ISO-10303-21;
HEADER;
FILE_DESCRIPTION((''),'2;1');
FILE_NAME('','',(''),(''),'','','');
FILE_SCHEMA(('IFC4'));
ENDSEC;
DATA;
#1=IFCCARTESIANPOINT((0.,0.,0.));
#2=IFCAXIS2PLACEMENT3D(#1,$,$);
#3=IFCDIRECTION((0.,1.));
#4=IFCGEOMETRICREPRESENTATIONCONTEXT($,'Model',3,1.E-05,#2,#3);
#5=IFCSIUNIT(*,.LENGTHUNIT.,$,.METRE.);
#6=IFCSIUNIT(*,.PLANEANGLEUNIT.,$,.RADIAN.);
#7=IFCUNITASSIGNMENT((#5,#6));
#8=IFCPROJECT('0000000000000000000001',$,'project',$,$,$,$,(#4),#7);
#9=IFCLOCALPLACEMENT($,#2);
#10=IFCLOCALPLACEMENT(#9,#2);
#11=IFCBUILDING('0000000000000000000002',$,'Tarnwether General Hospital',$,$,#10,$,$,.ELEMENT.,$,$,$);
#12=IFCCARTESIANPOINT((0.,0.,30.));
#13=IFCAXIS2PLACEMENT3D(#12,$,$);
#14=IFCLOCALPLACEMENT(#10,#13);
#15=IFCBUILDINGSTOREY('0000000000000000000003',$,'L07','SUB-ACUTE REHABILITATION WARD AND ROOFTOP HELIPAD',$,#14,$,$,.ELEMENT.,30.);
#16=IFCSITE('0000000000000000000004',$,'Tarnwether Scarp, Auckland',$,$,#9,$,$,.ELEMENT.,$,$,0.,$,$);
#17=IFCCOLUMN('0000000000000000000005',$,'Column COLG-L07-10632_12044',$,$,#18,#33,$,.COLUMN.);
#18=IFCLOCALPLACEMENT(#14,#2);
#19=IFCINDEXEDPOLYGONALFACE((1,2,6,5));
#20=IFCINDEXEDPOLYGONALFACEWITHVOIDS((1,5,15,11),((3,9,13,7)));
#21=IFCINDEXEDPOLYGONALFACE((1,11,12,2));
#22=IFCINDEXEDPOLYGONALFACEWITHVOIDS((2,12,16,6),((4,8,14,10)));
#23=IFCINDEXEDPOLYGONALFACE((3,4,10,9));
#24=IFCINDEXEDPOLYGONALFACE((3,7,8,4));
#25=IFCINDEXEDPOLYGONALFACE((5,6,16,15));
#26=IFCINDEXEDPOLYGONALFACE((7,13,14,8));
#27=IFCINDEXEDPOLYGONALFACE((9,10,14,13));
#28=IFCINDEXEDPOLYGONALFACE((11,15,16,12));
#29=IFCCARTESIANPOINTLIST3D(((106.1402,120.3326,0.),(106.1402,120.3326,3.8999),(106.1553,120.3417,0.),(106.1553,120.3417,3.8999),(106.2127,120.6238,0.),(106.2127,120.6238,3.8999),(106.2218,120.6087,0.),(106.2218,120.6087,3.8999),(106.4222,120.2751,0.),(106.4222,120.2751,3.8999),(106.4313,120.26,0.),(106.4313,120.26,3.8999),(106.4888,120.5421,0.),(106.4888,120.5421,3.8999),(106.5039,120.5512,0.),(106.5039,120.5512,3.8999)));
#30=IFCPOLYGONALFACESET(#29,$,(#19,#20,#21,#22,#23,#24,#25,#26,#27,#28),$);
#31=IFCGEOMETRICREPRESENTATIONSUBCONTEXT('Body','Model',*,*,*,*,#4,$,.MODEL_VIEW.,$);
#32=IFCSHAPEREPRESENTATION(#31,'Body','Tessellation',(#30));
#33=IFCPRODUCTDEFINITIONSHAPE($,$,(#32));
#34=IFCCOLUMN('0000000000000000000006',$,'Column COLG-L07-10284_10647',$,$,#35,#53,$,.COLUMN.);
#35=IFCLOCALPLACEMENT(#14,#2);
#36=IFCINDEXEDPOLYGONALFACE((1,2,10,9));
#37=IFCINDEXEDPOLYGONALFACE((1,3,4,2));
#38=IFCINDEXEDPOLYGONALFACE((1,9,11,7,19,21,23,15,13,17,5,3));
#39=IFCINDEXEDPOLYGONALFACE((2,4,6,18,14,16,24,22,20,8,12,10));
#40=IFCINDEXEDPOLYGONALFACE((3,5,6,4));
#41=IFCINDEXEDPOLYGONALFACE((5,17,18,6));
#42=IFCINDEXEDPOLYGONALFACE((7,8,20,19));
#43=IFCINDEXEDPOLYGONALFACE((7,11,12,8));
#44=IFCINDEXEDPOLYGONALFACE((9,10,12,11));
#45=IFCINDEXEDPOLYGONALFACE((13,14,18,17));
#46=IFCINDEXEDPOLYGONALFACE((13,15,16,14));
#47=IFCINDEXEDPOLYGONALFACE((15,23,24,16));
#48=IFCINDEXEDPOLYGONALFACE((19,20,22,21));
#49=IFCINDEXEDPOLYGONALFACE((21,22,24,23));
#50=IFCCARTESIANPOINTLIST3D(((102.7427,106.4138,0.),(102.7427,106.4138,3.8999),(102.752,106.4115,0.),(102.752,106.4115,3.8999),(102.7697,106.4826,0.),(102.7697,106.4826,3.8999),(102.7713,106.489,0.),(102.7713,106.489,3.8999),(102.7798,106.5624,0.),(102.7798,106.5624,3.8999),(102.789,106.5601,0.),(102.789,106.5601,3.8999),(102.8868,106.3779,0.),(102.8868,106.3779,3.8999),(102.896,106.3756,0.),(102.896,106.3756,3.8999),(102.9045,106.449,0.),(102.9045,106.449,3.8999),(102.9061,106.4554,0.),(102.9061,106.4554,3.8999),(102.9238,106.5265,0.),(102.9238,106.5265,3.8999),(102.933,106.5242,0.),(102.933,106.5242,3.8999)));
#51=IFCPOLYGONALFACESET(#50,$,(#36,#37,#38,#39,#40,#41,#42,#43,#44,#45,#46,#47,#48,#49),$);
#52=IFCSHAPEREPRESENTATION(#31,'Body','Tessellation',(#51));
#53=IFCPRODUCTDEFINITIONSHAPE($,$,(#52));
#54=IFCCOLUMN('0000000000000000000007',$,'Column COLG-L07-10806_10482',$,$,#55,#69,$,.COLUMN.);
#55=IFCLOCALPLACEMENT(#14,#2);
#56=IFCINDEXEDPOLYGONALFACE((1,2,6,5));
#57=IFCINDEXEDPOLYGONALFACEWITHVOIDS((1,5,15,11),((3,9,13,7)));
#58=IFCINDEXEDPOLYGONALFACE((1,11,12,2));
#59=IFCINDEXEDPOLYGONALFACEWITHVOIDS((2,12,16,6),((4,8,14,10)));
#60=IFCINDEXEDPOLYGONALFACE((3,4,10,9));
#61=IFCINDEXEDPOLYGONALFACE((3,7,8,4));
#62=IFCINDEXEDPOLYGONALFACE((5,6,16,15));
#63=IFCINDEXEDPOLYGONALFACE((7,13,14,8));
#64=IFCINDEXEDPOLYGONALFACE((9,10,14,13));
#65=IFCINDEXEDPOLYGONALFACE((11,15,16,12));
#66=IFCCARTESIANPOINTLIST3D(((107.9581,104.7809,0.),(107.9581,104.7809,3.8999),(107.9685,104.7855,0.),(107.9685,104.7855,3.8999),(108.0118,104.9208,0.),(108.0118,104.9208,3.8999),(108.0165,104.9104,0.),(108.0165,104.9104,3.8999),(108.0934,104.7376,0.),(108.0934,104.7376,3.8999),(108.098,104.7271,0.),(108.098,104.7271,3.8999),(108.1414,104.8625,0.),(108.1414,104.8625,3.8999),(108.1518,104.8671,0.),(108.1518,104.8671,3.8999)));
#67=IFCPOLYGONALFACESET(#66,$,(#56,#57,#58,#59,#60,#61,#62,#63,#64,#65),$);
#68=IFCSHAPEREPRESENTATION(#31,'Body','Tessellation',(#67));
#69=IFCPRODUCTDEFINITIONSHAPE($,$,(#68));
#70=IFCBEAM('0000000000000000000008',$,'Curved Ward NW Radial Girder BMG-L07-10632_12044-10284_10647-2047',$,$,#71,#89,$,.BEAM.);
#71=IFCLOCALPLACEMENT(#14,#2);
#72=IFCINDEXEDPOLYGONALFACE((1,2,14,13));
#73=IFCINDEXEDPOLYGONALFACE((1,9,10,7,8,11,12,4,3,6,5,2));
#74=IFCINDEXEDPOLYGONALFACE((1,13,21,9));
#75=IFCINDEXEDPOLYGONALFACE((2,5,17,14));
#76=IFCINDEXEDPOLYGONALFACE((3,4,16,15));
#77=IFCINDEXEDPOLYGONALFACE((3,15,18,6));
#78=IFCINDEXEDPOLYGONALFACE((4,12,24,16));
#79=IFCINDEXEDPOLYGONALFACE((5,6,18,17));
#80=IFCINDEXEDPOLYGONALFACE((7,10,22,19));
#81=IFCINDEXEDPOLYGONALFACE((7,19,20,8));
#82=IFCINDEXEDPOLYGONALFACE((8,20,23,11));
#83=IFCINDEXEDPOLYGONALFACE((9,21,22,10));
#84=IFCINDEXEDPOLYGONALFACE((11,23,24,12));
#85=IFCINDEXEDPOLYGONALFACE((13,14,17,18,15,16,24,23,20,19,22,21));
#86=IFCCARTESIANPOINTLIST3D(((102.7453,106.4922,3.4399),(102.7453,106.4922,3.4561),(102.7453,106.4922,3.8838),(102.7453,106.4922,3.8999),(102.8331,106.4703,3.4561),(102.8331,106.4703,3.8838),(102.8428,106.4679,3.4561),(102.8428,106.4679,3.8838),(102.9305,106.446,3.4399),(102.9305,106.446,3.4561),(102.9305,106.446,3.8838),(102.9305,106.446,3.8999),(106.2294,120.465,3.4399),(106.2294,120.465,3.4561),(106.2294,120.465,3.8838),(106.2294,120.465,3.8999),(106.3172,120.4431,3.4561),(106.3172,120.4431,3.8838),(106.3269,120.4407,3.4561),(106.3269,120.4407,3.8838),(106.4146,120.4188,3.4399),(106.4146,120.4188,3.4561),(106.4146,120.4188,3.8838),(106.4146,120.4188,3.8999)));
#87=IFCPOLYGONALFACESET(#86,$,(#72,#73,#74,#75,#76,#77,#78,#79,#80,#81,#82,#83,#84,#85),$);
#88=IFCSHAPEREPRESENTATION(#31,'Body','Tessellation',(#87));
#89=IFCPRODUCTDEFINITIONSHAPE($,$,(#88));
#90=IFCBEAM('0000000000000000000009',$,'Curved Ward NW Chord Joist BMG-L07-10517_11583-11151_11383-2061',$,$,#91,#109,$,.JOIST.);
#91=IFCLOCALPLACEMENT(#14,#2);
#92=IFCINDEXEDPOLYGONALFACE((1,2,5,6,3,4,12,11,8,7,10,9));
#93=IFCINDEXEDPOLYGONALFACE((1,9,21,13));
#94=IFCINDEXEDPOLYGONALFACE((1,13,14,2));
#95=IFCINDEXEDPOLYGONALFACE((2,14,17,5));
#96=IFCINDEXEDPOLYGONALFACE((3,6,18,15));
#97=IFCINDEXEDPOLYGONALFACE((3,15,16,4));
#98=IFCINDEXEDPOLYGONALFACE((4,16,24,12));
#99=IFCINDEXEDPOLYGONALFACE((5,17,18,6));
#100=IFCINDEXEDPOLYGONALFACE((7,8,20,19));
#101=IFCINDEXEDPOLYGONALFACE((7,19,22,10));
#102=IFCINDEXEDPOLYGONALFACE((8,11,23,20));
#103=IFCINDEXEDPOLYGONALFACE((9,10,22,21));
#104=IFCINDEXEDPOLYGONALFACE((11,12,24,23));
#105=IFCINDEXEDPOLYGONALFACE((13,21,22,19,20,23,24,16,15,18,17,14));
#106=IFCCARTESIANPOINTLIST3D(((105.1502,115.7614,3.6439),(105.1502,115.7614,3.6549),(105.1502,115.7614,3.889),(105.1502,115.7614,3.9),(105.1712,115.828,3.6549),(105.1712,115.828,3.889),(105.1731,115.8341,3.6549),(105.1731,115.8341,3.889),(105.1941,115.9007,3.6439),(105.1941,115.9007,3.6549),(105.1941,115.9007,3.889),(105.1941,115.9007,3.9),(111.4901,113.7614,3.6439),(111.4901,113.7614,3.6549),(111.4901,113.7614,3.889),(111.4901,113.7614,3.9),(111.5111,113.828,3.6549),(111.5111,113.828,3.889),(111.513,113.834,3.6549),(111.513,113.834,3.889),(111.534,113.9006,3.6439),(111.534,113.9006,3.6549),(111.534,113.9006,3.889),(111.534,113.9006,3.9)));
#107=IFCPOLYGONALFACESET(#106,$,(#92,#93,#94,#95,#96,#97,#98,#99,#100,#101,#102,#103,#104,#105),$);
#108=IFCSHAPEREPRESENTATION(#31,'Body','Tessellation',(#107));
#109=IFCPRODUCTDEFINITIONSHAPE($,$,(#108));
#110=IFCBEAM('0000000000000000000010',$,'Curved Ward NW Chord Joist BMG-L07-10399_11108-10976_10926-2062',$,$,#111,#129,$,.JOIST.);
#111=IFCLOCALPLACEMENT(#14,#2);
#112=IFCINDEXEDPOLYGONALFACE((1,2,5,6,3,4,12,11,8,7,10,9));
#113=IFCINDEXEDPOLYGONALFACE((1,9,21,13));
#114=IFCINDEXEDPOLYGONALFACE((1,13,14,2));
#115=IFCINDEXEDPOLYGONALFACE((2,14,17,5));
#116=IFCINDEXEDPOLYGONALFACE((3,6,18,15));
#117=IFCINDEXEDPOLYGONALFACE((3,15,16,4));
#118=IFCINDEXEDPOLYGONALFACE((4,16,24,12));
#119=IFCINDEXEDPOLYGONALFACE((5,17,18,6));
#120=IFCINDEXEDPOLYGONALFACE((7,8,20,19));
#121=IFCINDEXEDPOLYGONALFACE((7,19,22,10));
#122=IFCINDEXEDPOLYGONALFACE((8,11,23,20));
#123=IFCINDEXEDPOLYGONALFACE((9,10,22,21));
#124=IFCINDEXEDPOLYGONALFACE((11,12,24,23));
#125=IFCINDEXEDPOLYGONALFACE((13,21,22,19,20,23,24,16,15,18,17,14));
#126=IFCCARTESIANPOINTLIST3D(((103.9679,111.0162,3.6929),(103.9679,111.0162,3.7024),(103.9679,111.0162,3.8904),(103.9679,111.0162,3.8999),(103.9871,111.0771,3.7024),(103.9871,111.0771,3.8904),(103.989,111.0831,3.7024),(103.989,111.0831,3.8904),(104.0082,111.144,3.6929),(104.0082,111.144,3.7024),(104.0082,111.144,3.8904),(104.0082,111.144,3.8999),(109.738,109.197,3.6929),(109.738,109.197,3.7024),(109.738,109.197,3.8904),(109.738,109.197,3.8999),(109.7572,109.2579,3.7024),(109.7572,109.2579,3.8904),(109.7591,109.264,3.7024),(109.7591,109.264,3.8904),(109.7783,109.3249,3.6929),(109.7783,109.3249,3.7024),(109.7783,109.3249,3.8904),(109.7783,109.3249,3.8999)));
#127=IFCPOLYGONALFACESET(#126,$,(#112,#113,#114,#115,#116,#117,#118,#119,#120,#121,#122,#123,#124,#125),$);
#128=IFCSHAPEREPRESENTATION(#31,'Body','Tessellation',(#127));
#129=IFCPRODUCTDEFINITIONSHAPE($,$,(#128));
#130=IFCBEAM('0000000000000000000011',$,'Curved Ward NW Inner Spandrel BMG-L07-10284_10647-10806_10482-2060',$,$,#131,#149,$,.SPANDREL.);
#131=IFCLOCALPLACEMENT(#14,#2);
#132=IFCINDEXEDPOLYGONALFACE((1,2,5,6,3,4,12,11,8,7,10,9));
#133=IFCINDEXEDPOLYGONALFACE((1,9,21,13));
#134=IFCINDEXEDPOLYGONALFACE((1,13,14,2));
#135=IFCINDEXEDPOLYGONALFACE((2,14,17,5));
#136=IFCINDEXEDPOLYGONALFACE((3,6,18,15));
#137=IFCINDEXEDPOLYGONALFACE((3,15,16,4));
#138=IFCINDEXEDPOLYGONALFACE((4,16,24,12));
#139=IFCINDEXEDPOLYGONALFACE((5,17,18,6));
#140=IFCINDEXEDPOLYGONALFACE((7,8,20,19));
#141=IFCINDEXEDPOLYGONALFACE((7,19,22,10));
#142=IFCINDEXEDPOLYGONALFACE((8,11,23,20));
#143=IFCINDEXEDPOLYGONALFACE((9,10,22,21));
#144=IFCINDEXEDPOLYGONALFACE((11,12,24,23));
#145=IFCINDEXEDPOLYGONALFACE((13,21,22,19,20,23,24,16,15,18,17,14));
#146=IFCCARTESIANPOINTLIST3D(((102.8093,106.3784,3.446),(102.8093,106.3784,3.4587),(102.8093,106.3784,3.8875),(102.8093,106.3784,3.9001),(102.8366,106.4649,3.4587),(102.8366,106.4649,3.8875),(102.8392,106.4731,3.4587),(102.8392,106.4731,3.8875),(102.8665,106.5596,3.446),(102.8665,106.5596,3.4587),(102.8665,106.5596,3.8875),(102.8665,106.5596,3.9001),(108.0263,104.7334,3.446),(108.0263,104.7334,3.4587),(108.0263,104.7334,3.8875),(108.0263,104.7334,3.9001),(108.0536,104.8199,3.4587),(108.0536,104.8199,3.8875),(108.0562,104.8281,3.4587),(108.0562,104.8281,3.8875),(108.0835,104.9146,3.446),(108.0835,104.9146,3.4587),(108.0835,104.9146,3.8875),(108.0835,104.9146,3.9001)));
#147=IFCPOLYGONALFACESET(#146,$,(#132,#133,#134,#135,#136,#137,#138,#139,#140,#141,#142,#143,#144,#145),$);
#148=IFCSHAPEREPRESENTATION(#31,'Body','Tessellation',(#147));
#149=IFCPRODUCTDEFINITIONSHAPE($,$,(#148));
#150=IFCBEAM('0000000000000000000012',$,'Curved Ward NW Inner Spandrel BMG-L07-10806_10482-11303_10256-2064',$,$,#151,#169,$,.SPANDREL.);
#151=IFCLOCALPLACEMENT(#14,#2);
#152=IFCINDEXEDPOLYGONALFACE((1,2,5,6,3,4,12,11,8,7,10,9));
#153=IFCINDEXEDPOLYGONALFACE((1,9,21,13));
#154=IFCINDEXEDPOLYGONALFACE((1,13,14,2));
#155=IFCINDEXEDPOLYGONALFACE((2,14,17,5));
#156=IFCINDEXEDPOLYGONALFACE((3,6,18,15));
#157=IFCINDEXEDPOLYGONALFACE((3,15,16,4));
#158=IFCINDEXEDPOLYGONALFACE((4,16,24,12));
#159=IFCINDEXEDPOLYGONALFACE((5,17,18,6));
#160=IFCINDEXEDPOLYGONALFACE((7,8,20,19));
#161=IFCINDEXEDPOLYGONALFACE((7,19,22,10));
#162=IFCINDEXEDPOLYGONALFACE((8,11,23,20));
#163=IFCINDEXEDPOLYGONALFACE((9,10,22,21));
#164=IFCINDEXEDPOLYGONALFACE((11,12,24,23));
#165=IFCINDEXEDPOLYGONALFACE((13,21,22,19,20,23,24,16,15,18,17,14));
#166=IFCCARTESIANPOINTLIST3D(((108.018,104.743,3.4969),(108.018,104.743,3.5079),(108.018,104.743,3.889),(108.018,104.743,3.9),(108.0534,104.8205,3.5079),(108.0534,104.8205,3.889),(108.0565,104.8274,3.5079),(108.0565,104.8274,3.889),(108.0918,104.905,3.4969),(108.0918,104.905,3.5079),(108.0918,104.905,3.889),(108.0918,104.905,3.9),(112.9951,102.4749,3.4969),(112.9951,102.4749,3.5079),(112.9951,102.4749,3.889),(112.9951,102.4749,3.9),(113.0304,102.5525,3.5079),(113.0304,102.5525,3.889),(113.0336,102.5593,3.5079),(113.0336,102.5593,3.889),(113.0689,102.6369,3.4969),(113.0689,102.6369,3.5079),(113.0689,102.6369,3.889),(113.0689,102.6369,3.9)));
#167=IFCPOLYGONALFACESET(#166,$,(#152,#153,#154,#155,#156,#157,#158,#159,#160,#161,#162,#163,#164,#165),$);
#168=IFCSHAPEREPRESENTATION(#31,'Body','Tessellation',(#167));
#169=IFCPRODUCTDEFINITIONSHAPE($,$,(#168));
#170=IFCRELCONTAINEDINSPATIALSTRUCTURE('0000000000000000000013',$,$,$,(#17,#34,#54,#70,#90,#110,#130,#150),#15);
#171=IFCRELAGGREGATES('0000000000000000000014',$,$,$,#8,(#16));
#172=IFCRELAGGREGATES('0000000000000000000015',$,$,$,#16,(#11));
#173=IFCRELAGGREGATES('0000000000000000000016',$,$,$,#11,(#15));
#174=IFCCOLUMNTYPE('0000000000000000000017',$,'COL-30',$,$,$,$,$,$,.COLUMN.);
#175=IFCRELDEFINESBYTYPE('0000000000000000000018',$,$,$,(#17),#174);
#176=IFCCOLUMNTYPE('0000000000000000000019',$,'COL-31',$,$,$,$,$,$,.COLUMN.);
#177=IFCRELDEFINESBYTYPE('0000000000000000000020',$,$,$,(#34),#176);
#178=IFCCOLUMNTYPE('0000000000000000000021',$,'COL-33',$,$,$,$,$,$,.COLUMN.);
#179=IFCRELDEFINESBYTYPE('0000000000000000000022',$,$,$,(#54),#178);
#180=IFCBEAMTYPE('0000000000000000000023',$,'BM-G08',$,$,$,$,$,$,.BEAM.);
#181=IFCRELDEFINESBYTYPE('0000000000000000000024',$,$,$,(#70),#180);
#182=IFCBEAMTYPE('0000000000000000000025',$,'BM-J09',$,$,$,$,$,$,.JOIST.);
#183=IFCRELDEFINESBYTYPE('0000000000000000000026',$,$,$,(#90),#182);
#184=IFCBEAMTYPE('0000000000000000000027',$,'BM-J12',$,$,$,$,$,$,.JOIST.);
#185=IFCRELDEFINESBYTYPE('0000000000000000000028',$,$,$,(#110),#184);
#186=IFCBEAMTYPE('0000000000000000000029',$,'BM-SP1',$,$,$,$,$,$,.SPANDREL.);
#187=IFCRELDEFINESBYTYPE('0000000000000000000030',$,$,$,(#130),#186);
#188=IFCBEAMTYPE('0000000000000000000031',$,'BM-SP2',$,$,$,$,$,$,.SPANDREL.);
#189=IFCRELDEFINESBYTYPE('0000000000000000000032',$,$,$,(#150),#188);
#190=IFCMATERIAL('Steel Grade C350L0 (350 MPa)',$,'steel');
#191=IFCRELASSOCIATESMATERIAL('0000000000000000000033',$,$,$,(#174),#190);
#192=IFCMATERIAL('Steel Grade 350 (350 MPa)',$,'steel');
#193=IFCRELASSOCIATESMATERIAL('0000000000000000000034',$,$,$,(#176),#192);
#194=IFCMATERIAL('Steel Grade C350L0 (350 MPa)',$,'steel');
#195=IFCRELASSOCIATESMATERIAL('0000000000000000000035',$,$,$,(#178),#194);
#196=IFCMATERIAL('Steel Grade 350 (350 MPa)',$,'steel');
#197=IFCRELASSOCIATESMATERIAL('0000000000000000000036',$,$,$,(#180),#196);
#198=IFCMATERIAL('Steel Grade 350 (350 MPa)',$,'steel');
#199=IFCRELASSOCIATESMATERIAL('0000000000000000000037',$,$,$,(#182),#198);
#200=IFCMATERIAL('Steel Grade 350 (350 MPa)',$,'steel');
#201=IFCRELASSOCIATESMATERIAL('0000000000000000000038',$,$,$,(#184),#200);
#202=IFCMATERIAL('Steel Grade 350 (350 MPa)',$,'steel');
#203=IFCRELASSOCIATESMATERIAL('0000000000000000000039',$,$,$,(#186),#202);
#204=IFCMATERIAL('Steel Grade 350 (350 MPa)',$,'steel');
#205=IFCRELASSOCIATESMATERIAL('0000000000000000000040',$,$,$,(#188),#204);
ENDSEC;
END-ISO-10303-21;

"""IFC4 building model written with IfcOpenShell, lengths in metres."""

from ifc_helpers import new_model, si_unit, direction, frame, origin, origin_2d, place, context, subcontext, project, spatial, hollow_rectangle, i_section, extrude, material, material_profile, profile_set, type_object, element, save


model = new_model("IFC4")

# Units and contexts
model_context = context("Model", 3, precision=1e-05, world=origin(), true_north=direction((0.0, 1.0)))
body_context = subcontext(model_context, "Body", "Model", "MODEL_VIEW")
ifc_project = project(units=[si_unit("LENGTHUNIT", "METRE"), si_unit("PLANEANGLEUNIT", "RADIAN")], contexts=[model_context])

# Site, building, storey
site_placement = place(None, origin())
site = spatial("IfcSite", under=ifc_project, at=site_placement, Name="Tarnwether Scarp, Auckland", CompositionType="ELEMENT", RefElevation=0.0)
building_placement = place(site_placement, origin())
building = spatial("IfcBuilding", under=site, at=building_placement, Name="Tarnwether General Hospital", CompositionType="ELEMENT")
storey_placement = place(building_placement, frame((0.0, 0.0, 30.0)))
storey = spatial("IfcBuildingStorey", under=building, at=storey_placement, Name="L07", Description="SUB-ACUTE REHABILITATION WARD AND ROOFTOP HELIPAD", CompositionType="ELEMENT", Elevation=30.0)

# Columns
ifc_material_1 = material(Name="Steel Grade C350L0 (350 MPa)", Category="steel")
ifc_material_profile_1 = material_profile(ifc_material_1, hollow_rectangle(XDim=0.3, YDim=0.3, WallThickness=0.0125, at=origin_2d()), Name="SHS300x300x12.5")
ifc_profile_set_1 = profile_set([ifc_material_profile_1], Name="Steel Grade C350L0 (350 MPa)")
column_type_1 = type_object("IfcColumnType", Name="COL-30", PredefinedType="COLUMN", material=ifc_profile_set_1)
column_1_placement = place(storey_placement, frame((106.322, 120.4419, 0.0), z_axis=(0.0, 0.0, 1.0), x_axis=(0.241922, 0.970296, 0.0)))
element("IfcColumn", 1, at=column_1_placement, inside=storey, type_object=column_type_1, Name="Column COLG-L07-10632_12044", PredefinedType="COLUMN", context=body_context, shape_type="SweptSolid", body=[
    extrude(hollow_rectangle(XDim=0.3, YDim=0.3, WallThickness=0.0125, at=origin_2d()), origin(), (0.0, 0.0, 1.0), 3.8999),
])
ifc_material_2 = material(Name="Steel Grade 350 (350 MPa)", Category="steel")
ifc_material_profile_2 = material_profile(ifc_material_2, i_section(OverallWidth=0.1531, OverallDepth=0.158, WebThickness=0.0066, FlangeThickness=0.0095, at=origin_2d()), Name="150UC30.0")
ifc_profile_set_2 = profile_set([ifc_material_profile_2], Name="Steel Grade 350 (350 MPa)")
column_type_2 = type_object("IfcColumnType", Name="COL-31", PredefinedType="COLUMN", material=ifc_profile_set_2)
column_2_placement = place(storey_placement, frame((102.8379, 106.469, 0.0), z_axis=(0.0, 0.0, 1.0), x_axis=(0.241922, 0.970296, 0.0)))
element("IfcColumn", 2, at=column_2_placement, inside=storey, type_object=column_type_2, Name="Column COLG-L07-10284_10647", PredefinedType="COLUMN", context=body_context, shape_type="SweptSolid", body=[
    extrude(i_section(OverallWidth=0.1531, OverallDepth=0.158, WebThickness=0.0066, FlangeThickness=0.0095, at=origin_2d()), origin(), (0.0, 0.0, 1.0), 3.8999),
])
ifc_material_3 = material(Name="Steel Grade C350L0 (350 MPa)", Category="steel")
ifc_material_profile_3 = material_profile(ifc_material_3, hollow_rectangle(XDim=0.1499, YDim=0.1499, WallThickness=0.0081, at=origin_2d()), Name="SHS150x150x8")
ifc_profile_set_3 = profile_set([ifc_material_profile_3], Name="Steel Grade C350L0 (350 MPa)")
column_type_3 = type_object("IfcColumnType", Name="COL-33", PredefinedType="COLUMN", material=ifc_profile_set_3)
column_3_placement = place(storey_placement, frame((108.0549, 104.824, 0.0), z_axis=(0.0, 0.0, 1.0), x_axis=(0.358368, 0.93358, 0.0)))
element("IfcColumn", 3, at=column_3_placement, inside=storey, type_object=column_type_3, Name="Column COLG-L07-10806_10482", PredefinedType="COLUMN", context=body_context, shape_type="SweptSolid", body=[
    extrude(hollow_rectangle(XDim=0.1499, YDim=0.1499, WallThickness=0.0081, at=origin_2d()), origin(), (0.0, 0.0, 1.0), 3.8999),
])

# Beams
ifc_material_4 = material(Name="Steel Grade 350 (350 MPa)", Category="steel")
ifc_material_profile_4 = material_profile(ifc_material_4, i_section(OverallWidth=0.1909, OverallDepth=0.46, WebThickness=0.01, FlangeThickness=0.0161, at=origin_2d()), Name="460UB82.1")
ifc_profile_set_4 = profile_set([ifc_material_profile_4], Name="Steel Grade 350 (350 MPa)")
beam_type_1 = type_object("IfcBeamType", Name="BM-G08", PredefinedType="BEAM", material=ifc_profile_set_4)
beam_1_placement = place(storey_placement, frame((106.322, 120.4419, 3.6699), z_axis=(-0.241941, -0.970291, 0.0), x_axis=(0.970291, -0.241941, 0.0)))
element("IfcBeam", 4, at=beam_1_placement, inside=storey, type_object=beam_type_1, Name="Curved Ward NW Radial Girder BMG-L07-10632_12044-10284_10647-2047", PredefinedType="BEAM", context=body_context, shape_type="SweptSolid", body=[
    extrude(i_section(OverallWidth=0.1909, OverallDepth=0.46, WebThickness=0.01, FlangeThickness=0.0161, at=origin_2d()), origin(), (0.0, 0.0, 1.0), 14.4006),
])
ifc_material_5 = material(Name="Steel Grade 350 (350 MPa)", Category="steel")
ifc_material_profile_5 = material_profile(ifc_material_5, i_section(OverallWidth=0.146, OverallDepth=0.2561, WebThickness=0.0063, FlangeThickness=0.011, at=origin_2d()), Name="250UB37.3")
ifc_profile_set_5 = profile_set([ifc_material_profile_5], Name="Steel Grade 350 (350 MPa)")
beam_type_2 = type_object("IfcBeamType", Name="BM-J09", PredefinedType="JOIST", material=ifc_profile_set_5)
beam_2_placement = place(storey_placement, frame((105.1721, 115.8311, 3.772), z_axis=(0.953671, -0.30085, 0.0), x_axis=(0.30085, 0.953671, 0.0)))
element("IfcBeam", 5, at=beam_2_placement, inside=storey, type_object=beam_type_2, Name="Curved Ward NW Chord Joist BMG-L07-10517_11583-11151_11383-2061", PredefinedType="JOIST", context=body_context, shape_type="SweptSolid", body=[
    extrude(i_section(OverallWidth=0.146, OverallDepth=0.2561, WebThickness=0.0063, FlangeThickness=0.011, at=origin_2d()), origin(), (0.0, 0.0, 1.0), 6.6479),
])
ifc_material_6 = material(Name="Steel Grade 350 (350 MPa)", Category="steel")
ifc_material_profile_6 = material_profile(ifc_material_6, i_section(OverallWidth=0.134, OverallDepth=0.207, WebThickness=0.0063, FlangeThickness=0.0095, at=origin_2d()), Name="200UB29.8")
ifc_profile_set_6 = profile_set([ifc_material_profile_6], Name="Steel Grade 350 (350 MPa)")
beam_type_3 = type_object("IfcBeamType", Name="BM-J12", PredefinedType="JOIST", material=ifc_profile_set_6)
beam_3_placement = place(storey_placement, frame((103.988, 111.0801, 3.7964), z_axis=(0.953726, -0.300677, 0.0), x_axis=(0.300677, 0.953726, 0.0)))
element("IfcBeam", 6, at=beam_3_placement, inside=storey, type_object=beam_type_3, Name="Curved Ward NW Chord Joist BMG-L07-10399_11108-10976_10926-2062", PredefinedType="JOIST", context=body_context, shape_type="SweptSolid", body=[
    extrude(i_section(OverallWidth=0.134, OverallDepth=0.207, WebThickness=0.0063, FlangeThickness=0.0095, at=origin_2d()), origin(), (0.0, 0.0, 1.0), 6.05),
])
ifc_material_7 = material(Name="Steel Grade 350 (350 MPa)", Category="steel")
ifc_material_profile_7 = material_profile(ifc_material_7, i_section(OverallWidth=0.1899, OverallDepth=0.4541, WebThickness=0.0085, FlangeThickness=0.0127, at=origin_2d()), Name="460UB67.1")
ifc_profile_set_7 = profile_set([ifc_material_profile_7], Name="Steel Grade 350 (350 MPa)")
beam_type_4 = type_object("IfcBeamType", Name="BM-SP1", PredefinedType="SPANDREL", material=ifc_profile_set_7)
beam_4_placement = place(storey_placement, frame((102.8379, 106.469, 3.6731), z_axis=(0.953712, -0.300721, 0.0), x_axis=(0.300721, 0.953712, 0.0)))
element("IfcBeam", 7, at=beam_4_placement, inside=storey, type_object=beam_type_4, Name="Curved Ward NW Inner Spandrel BMG-L07-10284_10647-10806_10482-2060", PredefinedType="SPANDREL", context=body_context, shape_type="SweptSolid", body=[
    extrude(i_section(OverallWidth=0.1899, OverallDepth=0.4541, WebThickness=0.0085, FlangeThickness=0.0127, at=origin_2d()), origin(), (0.0, 0.0, 1.0), 5.4702),
])
ifc_material_8 = material(Name="Steel Grade 350 (350 MPa)", Category="steel")
ifc_material_profile_8 = material_profile(ifc_material_8, i_section(OverallWidth=0.178, OverallDepth=0.4031, WebThickness=0.0076, FlangeThickness=0.011, at=origin_2d()), Name="410UB53.7")
ifc_profile_set_8 = profile_set([ifc_material_profile_8], Name="Steel Grade 350 (350 MPa)")
beam_type_5 = type_object("IfcBeamType", Name="BM-SP2", PredefinedType="SPANDREL", material=ifc_profile_set_8)
beam_5_placement = place(storey_placement, frame((108.0549, 104.824, 3.6985), z_axis=(0.909969, -0.414677, 0.0), x_axis=(0.414677, 0.909969, 0.0)))
element("IfcBeam", 8, at=beam_5_placement, inside=storey, type_object=beam_type_5, Name="Curved Ward NW Inner Spandrel BMG-L07-10806_10482-11303_10256-2064", PredefinedType="SPANDREL", context=body_context, shape_type="SweptSolid", body=[
    extrude(i_section(OverallWidth=0.178, OverallDepth=0.4031, WebThickness=0.0076, FlangeThickness=0.011, at=origin_2d()), origin(), (0.0, 0.0, 1.0), 5.4695),
])

save(model, "model.ifc")
